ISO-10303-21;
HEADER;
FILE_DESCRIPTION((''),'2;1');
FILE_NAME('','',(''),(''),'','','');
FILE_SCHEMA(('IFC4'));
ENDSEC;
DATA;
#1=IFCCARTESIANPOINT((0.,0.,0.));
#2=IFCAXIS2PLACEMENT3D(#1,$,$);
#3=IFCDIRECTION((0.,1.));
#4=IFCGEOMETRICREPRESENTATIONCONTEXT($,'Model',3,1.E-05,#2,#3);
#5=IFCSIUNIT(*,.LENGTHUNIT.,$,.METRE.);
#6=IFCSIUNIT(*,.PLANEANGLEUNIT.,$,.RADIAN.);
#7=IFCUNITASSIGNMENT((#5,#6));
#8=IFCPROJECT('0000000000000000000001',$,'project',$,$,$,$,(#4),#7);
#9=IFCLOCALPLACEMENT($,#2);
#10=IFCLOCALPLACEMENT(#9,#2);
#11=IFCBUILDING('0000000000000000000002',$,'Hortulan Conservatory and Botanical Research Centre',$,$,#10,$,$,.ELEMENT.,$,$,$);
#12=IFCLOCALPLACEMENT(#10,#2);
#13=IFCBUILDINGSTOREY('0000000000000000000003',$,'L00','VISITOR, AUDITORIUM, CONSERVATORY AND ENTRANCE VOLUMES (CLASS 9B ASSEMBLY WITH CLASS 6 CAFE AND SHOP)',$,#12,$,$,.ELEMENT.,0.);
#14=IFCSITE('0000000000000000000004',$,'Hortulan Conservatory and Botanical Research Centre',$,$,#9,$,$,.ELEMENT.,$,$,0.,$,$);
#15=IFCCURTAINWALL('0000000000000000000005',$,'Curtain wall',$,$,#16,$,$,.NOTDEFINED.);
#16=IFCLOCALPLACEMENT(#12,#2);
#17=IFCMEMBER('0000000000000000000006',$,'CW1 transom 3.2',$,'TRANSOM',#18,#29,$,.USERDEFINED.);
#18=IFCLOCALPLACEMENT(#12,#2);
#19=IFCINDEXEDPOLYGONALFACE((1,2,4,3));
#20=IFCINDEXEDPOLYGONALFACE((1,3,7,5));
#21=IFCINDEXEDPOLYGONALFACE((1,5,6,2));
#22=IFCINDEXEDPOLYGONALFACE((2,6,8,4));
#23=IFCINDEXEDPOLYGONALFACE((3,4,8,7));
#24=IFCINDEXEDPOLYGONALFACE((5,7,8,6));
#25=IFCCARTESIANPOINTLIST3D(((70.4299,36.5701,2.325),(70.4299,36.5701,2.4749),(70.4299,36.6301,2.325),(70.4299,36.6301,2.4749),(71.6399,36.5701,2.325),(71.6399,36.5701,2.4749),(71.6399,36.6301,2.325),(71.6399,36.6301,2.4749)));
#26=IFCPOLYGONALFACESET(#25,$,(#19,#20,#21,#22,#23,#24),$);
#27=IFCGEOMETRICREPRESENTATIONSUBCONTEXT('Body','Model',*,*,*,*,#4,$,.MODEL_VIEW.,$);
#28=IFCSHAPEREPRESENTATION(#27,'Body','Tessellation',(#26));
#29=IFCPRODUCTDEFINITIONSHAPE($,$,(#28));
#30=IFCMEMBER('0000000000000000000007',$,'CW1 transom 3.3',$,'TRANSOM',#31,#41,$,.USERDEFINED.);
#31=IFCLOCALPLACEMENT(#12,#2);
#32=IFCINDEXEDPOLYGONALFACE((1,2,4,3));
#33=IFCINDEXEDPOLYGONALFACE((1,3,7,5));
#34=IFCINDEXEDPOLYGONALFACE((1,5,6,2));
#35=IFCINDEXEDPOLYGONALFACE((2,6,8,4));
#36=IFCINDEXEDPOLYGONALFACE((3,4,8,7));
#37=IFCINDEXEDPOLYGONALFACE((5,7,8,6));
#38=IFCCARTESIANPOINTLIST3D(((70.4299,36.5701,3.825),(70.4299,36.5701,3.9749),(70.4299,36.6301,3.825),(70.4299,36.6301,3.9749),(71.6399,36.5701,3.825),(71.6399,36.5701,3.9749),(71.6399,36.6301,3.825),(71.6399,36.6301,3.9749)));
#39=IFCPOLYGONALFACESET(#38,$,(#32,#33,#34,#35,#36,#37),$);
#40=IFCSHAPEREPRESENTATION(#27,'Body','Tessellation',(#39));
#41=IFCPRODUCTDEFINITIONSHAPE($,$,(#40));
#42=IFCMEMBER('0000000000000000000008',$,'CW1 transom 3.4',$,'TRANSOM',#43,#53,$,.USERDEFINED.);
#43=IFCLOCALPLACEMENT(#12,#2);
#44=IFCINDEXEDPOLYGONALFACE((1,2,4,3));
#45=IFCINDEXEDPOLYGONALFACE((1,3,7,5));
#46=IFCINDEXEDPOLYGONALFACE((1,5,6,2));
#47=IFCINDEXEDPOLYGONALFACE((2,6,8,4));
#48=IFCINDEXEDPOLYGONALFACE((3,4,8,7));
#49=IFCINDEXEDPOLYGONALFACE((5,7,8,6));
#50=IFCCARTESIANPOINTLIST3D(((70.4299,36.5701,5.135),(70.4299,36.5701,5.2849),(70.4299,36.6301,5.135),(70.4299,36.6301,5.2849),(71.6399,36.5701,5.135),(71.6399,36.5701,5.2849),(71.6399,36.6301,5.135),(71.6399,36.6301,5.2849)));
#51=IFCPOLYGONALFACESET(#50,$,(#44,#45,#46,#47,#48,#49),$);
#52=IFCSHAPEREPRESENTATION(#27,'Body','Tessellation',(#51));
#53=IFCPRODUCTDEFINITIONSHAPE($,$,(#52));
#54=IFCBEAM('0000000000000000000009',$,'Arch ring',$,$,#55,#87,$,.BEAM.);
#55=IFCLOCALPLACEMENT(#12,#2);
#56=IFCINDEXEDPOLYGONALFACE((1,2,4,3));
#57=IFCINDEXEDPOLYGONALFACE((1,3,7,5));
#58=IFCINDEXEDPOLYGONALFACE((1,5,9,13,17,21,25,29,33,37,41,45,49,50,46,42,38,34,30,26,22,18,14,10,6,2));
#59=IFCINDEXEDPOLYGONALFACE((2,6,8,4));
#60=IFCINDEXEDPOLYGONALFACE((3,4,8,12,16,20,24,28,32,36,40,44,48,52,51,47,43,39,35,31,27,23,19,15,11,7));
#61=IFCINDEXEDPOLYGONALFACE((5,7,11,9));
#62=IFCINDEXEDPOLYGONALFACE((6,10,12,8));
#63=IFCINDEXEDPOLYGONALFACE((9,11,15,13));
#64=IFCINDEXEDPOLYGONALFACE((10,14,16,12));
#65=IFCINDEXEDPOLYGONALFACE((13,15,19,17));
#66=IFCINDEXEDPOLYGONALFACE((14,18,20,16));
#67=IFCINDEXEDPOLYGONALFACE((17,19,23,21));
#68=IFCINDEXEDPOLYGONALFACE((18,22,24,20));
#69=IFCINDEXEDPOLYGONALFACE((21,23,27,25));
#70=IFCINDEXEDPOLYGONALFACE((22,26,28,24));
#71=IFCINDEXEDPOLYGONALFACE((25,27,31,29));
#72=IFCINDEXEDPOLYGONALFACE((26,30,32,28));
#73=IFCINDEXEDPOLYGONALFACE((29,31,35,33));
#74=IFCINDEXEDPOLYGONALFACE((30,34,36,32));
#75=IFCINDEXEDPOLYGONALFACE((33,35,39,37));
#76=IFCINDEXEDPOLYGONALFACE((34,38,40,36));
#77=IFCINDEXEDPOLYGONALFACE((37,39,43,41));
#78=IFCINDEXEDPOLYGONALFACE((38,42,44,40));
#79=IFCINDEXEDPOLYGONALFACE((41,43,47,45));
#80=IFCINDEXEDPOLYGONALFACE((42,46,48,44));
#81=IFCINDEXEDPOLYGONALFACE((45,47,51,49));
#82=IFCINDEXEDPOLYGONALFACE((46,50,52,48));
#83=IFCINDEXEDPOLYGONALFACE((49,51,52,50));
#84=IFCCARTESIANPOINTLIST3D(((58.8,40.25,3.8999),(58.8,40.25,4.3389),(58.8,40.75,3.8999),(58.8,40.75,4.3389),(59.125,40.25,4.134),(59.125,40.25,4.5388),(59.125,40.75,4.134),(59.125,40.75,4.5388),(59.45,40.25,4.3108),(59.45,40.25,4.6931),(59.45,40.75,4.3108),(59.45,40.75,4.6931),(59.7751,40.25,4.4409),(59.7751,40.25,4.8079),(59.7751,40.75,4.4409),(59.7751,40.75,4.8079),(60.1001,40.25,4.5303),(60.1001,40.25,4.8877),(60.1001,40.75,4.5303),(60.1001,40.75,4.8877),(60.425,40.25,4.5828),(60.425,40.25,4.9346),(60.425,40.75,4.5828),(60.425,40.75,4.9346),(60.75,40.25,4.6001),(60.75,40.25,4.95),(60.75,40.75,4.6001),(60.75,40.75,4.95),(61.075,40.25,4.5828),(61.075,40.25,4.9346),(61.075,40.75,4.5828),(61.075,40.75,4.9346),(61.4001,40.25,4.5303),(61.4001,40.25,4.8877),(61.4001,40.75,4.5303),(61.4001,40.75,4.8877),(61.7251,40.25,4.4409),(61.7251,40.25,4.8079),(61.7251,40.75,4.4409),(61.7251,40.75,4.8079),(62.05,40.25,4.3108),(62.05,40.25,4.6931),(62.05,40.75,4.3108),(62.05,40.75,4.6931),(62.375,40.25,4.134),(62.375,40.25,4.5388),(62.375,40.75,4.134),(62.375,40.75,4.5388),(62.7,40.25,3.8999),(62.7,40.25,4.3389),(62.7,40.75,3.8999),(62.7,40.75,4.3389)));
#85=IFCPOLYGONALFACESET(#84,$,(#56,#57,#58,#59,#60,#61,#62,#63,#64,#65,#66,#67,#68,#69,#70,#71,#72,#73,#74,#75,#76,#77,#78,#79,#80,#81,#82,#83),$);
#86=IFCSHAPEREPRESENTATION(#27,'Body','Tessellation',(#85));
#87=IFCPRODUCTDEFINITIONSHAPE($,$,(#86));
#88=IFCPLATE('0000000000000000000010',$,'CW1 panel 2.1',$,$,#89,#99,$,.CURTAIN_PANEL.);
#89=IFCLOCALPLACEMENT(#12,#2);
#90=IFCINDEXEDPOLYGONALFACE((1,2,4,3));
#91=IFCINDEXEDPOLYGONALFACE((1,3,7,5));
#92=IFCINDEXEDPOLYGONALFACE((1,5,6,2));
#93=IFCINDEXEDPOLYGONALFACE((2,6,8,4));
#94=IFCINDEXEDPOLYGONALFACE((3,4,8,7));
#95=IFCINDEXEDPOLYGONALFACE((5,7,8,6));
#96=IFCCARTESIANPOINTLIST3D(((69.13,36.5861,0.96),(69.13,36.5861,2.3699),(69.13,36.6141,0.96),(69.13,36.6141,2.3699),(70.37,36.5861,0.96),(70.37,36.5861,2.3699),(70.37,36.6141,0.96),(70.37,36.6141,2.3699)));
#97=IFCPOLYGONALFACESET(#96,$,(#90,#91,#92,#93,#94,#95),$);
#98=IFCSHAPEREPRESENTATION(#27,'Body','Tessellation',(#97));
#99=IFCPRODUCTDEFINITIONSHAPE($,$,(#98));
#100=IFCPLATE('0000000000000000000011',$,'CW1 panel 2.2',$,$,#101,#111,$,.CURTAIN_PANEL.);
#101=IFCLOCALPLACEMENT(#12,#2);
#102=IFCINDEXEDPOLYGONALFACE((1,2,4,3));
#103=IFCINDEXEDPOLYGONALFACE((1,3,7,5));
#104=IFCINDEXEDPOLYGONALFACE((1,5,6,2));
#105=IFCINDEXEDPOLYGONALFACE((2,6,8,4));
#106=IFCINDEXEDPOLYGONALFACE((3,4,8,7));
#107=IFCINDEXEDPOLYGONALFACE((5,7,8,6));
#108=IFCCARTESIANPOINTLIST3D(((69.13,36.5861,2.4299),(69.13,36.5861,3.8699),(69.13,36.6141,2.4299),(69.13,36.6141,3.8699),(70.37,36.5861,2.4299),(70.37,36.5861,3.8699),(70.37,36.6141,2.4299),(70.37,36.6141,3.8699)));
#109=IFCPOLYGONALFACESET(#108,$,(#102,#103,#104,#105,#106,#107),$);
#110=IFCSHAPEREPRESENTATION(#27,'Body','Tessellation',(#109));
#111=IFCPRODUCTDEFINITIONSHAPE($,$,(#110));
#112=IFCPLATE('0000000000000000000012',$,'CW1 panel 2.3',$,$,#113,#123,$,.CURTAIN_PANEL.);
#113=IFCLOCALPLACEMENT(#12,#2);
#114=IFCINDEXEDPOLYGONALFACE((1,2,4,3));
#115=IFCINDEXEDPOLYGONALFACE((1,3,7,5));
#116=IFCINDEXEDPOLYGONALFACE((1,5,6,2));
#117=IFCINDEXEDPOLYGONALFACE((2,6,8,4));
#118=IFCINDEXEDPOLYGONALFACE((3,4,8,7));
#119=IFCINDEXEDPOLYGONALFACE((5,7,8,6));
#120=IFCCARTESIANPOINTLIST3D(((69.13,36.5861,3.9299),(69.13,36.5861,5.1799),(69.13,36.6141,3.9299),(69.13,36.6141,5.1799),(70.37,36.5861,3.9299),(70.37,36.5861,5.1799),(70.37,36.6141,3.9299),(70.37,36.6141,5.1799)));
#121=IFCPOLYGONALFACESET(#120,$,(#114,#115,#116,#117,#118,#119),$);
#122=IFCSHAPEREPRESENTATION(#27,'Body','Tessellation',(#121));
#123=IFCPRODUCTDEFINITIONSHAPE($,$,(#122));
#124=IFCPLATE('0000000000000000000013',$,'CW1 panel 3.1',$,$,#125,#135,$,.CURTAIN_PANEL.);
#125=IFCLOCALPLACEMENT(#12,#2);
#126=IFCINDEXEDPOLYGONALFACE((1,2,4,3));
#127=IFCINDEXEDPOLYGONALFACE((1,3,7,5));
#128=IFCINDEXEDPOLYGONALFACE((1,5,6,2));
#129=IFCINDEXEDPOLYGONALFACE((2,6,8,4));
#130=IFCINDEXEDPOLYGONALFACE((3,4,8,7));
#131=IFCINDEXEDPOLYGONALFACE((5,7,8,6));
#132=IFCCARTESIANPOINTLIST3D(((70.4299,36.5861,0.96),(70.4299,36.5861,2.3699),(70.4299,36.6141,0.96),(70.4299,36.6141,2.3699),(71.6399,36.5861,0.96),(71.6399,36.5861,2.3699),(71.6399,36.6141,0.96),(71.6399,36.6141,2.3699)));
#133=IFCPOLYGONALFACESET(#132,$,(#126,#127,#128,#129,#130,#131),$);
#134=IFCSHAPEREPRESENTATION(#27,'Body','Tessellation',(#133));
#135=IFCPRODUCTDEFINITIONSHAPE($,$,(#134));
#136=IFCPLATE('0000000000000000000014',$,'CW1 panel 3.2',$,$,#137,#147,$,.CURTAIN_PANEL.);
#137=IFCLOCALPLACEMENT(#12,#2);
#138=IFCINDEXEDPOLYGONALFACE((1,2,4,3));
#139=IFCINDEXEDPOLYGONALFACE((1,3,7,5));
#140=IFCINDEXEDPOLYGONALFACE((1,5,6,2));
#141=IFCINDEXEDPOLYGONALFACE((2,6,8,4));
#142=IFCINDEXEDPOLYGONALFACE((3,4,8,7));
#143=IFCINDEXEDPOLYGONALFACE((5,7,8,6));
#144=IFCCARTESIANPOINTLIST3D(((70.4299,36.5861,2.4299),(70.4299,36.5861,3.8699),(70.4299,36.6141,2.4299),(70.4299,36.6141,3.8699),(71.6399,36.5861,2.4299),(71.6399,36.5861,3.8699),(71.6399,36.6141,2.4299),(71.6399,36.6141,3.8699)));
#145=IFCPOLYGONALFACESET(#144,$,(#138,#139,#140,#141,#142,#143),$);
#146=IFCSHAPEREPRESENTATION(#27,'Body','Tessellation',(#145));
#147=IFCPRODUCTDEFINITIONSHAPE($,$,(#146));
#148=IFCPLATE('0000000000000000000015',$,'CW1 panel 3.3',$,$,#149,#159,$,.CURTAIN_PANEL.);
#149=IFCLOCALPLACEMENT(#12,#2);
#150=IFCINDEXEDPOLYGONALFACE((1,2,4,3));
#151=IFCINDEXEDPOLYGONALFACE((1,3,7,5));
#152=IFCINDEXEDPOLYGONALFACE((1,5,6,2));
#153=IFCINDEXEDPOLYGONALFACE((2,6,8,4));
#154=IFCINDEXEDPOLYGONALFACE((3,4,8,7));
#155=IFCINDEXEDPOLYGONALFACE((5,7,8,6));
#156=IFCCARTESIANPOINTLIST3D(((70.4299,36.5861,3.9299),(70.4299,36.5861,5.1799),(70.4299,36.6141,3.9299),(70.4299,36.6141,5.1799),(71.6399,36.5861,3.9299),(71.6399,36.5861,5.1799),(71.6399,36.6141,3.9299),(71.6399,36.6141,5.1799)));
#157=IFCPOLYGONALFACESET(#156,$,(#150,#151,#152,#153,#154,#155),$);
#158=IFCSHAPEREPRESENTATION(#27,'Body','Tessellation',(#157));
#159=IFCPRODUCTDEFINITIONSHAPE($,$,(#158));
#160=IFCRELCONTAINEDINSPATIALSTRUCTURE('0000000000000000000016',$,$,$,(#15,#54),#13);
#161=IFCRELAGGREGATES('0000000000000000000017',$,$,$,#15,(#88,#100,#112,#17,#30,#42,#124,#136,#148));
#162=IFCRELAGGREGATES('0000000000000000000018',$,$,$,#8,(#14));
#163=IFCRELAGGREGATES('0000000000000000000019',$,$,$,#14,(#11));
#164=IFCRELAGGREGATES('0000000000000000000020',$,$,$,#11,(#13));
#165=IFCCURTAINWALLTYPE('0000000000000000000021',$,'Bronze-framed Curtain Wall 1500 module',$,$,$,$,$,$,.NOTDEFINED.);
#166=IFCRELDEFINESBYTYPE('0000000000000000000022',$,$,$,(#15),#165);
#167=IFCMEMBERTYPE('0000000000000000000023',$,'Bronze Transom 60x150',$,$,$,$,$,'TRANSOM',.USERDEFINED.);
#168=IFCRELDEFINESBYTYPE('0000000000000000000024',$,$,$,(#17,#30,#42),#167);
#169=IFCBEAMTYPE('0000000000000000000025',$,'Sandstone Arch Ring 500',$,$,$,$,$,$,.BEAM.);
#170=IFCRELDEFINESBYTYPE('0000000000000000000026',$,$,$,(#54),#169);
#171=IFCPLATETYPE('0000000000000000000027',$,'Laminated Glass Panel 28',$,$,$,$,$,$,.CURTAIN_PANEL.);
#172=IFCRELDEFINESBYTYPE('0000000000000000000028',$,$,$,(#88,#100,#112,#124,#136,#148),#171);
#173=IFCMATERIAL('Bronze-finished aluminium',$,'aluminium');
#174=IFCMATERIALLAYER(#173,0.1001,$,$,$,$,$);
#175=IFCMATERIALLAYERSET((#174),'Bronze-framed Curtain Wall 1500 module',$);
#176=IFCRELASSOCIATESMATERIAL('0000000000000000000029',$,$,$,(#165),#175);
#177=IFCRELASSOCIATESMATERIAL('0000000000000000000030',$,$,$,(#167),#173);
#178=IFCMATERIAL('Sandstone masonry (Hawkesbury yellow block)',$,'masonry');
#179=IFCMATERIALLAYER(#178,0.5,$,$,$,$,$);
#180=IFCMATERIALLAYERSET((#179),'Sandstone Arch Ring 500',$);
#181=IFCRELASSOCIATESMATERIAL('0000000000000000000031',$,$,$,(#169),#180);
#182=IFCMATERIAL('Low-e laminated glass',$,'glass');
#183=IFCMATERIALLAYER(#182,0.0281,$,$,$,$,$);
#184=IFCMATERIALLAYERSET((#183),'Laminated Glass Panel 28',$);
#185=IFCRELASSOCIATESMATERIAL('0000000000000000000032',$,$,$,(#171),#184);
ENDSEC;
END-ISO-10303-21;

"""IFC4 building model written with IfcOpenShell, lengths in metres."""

from ifc_helpers import new_model, si_unit, direction, frame, origin, origin_2d, place, context, subcontext, project, spatial, polyline, rectangle, outline, extrude, material, layer, layer_set, material_profile, profile_set, type_object, element, aggregate, save


model = new_model("IFC4")

# Units and contexts
model_context = context("Model", 3, precision=1e-05, world=origin(), true_north=direction((0.0, 1.0)))
body_context = subcontext(model_context, "Body", "Model", "MODEL_VIEW")
ifc_project = project(units=[si_unit("LENGTHUNIT", "METRE"), si_unit("PLANEANGLEUNIT", "RADIAN")], contexts=[model_context])

# Site, building, storey
site_placement = place(None, origin())
site = spatial("IfcSite", under=ifc_project, at=site_placement, Name="Hortulan Conservatory and Botanical Research Centre", CompositionType="ELEMENT", RefElevation=0.0)
building_placement = place(site_placement, origin())
building = spatial("IfcBuilding", under=site, at=building_placement, Name="Hortulan Conservatory and Botanical Research Centre", CompositionType="ELEMENT")
storey_placement = place(building_placement, origin())
storey = spatial("IfcBuildingStorey", under=building, at=storey_placement, Name="L00", Description="VISITOR, AUDITORIUM, CONSERVATORY AND ENTRANCE VOLUMES (CLASS 9B ASSEMBLY WITH CLASS 6 CAFE AND SHOP)", CompositionType="ELEMENT", Elevation=0.0)

# Curtain wall, members
ifc_material_1 = material(Name="Bronze-finished aluminium", Category="aluminium")
ifc_layer_1 = layer(ifc_material_1, 0.1001)
ifc_layer_set_1 = layer_set([ifc_layer_1], Name="Bronze-framed Curtain Wall 1500 module")
curtain_wall_type = type_object("IfcCurtainWallType", Name="Bronze-framed Curtain Wall 1500 module", PredefinedType="NOTDEFINED", material=ifc_layer_set_1)
curtain_wall_placement = place(storey_placement, origin())
curtain_wall = element("IfcCurtainWall", 1, at=curtain_wall_placement, inside=storey, type_object=curtain_wall_type, Name="Curtain wall", PredefinedType="NOTDEFINED")
ifc_material_profile_1 = material_profile(ifc_material_1, rectangle(XDim=0.0601, YDim=0.1499, at=origin_2d()), Name="Bronze Transom 60x150")
ifc_profile_set_1 = profile_set([ifc_material_profile_1], Name="Bronze-finished aluminium")
member_type_1 = type_object("IfcMemberType", Name="Bronze Transom 60x150", ElementType="TRANSOM", PredefinedType="USERDEFINED", material=ifc_profile_set_1)
member_1_placement = place(storey_placement, frame((70.4299, 36.6001, 2.3999), z_axis=(1.0, 0.0, 0.0), x_axis=(0.0, 1.0, 0.0)))
member_1 = element("IfcMember", 2, at=member_1_placement, type_object=member_type_1, Name="CW1 transom 3.2", ObjectType="TRANSOM", PredefinedType="USERDEFINED", context=body_context, shape_type="SweptSolid", body=[
    extrude(rectangle(XDim=0.0601, YDim=0.1499, at=origin_2d()), origin(), (0.0, 0.0, 1.0), 1.21),
])
member_2_placement = place(storey_placement, frame((70.4299, 36.6001, 3.8999), z_axis=(1.0, 0.0, 0.0), x_axis=(0.0, 1.0, 0.0)))
member_2 = element("IfcMember", 3, at=member_2_placement, type_object=member_type_1, Name="CW1 transom 3.3", ObjectType="TRANSOM", PredefinedType="USERDEFINED", context=body_context, shape_type="SweptSolid", body=[
    extrude(rectangle(XDim=0.0601, YDim=0.1499, at=origin_2d()), origin(), (0.0, 0.0, 1.0), 1.21),
])
member_3_placement = place(storey_placement, frame((70.4299, 36.6001, 5.21), z_axis=(1.0, 0.0, 0.0), x_axis=(0.0, 1.0, 0.0)))
member_3 = element("IfcMember", 4, at=member_3_placement, type_object=member_type_1, Name="CW1 transom 3.4", ObjectType="TRANSOM", PredefinedType="USERDEFINED", context=body_context, shape_type="SweptSolid", body=[
    extrude(rectangle(XDim=0.0601, YDim=0.1499, at=origin_2d()), origin(), (0.0, 0.0, 1.0), 1.21),
])

# Beam
ifc_material_2 = material(Name="Sandstone masonry (Hawkesbury yellow block)", Category="masonry")
ifc_layer_2 = layer(ifc_material_2, 0.5)
ifc_layer_set_2 = layer_set([ifc_layer_2], Name="Sandstone Arch Ring 500")
beam_type_1 = type_object("IfcBeamType", Name="Sandstone Arch Ring 500", PredefinedType="BEAM", material=ifc_layer_set_2)
beam_1_placement = place(storey_placement, frame((58.8, 40.5, 3.8999), z_axis=(0.0, 0.0, 1.0), x_axis=(1.0, 0.0, 0.0)))
element("IfcBeam", 5, at=beam_1_placement, inside=storey, type_object=beam_type_1, Name="Arch ring", PredefinedType="BEAM", context=body_context, shape_type="SweptSolid", body=[
    extrude(outline(polyline([(0.0, 0.0), (0.325, 0.2341), (0.6499, 0.4109), (0.9751, 0.541), (1.3, 0.6304), (1.625, 0.6829), (1.95, 0.7002), (2.2749, 0.6829), (2.6001, 0.6304), (2.925, 0.541), (3.25, 0.4109), (3.575, 0.2341), (3.8999, 0.0), (3.8999, 0.439), (3.575, 0.6389), (3.25, 0.7932), (2.925, 0.908), (2.6001, 0.9878), (2.2749, 1.0347), (1.95, 1.05), (1.625, 1.0347), (1.3, 0.9878), (0.9751, 0.908), (0.6499, 0.7932), (0.325, 0.6389), (0.0, 0.439), (0.0, 0.0)])), frame((0.0, 0.25, 0.0), z_axis=(0.0, -1.0, 0.0), x_axis=(1.0, 0.0, 0.0)), (0.0, 0.0, 1.0), 0.5),
])

# Plates
ifc_material_3 = material(Name="Low-e laminated glass", Category="glass")
ifc_layer_3 = layer(ifc_material_3, 0.0281)
ifc_layer_set_3 = layer_set([ifc_layer_3], Name="Laminated Glass Panel 28")
plate_type = type_object("IfcPlateType", Name="Laminated Glass Panel 28", PredefinedType="CURTAIN_PANEL", material=ifc_layer_set_3)
plate_1_placement = place(storey_placement, frame((69.75, 36.6001, 0.96), z_axis=(0.0, 0.0, 1.0), x_axis=(1.0, 0.0, 0.0)))
plate_1 = element("IfcPlate", 6, at=plate_1_placement, type_object=plate_type, Name="CW1 panel 2.1", PredefinedType="CURTAIN_PANEL", context=body_context, shape_type="SweptSolid", body=[
    extrude(rectangle(XDim=1.24, YDim=0.0281, at=origin_2d()), origin(), (0.0, 0.0, 1.0), 1.4099),
])
plate_2_placement = place(storey_placement, frame((69.75, 36.6001, 2.4299), z_axis=(0.0, 0.0, 1.0), x_axis=(1.0, 0.0, 0.0)))
plate_2 = element("IfcPlate", 7, at=plate_2_placement, type_object=plate_type, Name="CW1 panel 2.2", PredefinedType="CURTAIN_PANEL", context=body_context, shape_type="SweptSolid", body=[
    extrude(rectangle(XDim=1.24, YDim=0.0281, at=origin_2d()), origin(), (0.0, 0.0, 1.0), 1.4399),
])
plate_3_placement = place(storey_placement, frame((69.75, 36.6001, 3.9299), z_axis=(0.0, 0.0, 1.0), x_axis=(1.0, 0.0, 0.0)))
plate_3 = element("IfcPlate", 8, at=plate_3_placement, type_object=plate_type, Name="CW1 panel 2.3", PredefinedType="CURTAIN_PANEL", context=body_context, shape_type="SweptSolid", body=[
    extrude(rectangle(XDim=1.24, YDim=0.0281, at=origin_2d()), origin(), (0.0, 0.0, 1.0), 1.25),
])
plate_4_placement = place(storey_placement, frame((71.0349, 36.6001, 0.96), z_axis=(0.0, 0.0, 1.0), x_axis=(1.0, 0.0, 0.0)))
plate_4 = element("IfcPlate", 9, at=plate_4_placement, type_object=plate_type, Name="CW1 panel 3.1", PredefinedType="CURTAIN_PANEL", context=body_context, shape_type="SweptSolid", body=[
    extrude(rectangle(XDim=1.21, YDim=0.0281, at=origin_2d()), origin(), (0.0, 0.0, 1.0), 1.4099),
])
plate_5_placement = place(storey_placement, frame((71.0349, 36.6001, 2.4299), z_axis=(0.0, 0.0, 1.0), x_axis=(1.0, 0.0, 0.0)))
plate_5 = element("IfcPlate", 10, at=plate_5_placement, type_object=plate_type, Name="CW1 panel 3.2", PredefinedType="CURTAIN_PANEL", context=body_context, shape_type="SweptSolid", body=[
    extrude(rectangle(XDim=1.21, YDim=0.0281, at=origin_2d()), origin(), (0.0, 0.0, 1.0), 1.4399),
])
plate_6_placement = place(storey_placement, frame((71.0349, 36.6001, 3.9299), z_axis=(0.0, 0.0, 1.0), x_axis=(1.0, 0.0, 0.0)))
plate_6 = element("IfcPlate", 11, at=plate_6_placement, type_object=plate_type, Name="CW1 panel 3.3", PredefinedType="CURTAIN_PANEL", context=body_context, shape_type="SweptSolid", body=[
    extrude(rectangle(XDim=1.21, YDim=0.0281, at=origin_2d()), origin(), (0.0, 0.0, 1.0), 1.25),
])
aggregate(curtain_wall, [plate_1, plate_2, plate_3, member_1, member_2, member_3, plate_4, plate_5, plate_6])

save(model, "model.ifc")
